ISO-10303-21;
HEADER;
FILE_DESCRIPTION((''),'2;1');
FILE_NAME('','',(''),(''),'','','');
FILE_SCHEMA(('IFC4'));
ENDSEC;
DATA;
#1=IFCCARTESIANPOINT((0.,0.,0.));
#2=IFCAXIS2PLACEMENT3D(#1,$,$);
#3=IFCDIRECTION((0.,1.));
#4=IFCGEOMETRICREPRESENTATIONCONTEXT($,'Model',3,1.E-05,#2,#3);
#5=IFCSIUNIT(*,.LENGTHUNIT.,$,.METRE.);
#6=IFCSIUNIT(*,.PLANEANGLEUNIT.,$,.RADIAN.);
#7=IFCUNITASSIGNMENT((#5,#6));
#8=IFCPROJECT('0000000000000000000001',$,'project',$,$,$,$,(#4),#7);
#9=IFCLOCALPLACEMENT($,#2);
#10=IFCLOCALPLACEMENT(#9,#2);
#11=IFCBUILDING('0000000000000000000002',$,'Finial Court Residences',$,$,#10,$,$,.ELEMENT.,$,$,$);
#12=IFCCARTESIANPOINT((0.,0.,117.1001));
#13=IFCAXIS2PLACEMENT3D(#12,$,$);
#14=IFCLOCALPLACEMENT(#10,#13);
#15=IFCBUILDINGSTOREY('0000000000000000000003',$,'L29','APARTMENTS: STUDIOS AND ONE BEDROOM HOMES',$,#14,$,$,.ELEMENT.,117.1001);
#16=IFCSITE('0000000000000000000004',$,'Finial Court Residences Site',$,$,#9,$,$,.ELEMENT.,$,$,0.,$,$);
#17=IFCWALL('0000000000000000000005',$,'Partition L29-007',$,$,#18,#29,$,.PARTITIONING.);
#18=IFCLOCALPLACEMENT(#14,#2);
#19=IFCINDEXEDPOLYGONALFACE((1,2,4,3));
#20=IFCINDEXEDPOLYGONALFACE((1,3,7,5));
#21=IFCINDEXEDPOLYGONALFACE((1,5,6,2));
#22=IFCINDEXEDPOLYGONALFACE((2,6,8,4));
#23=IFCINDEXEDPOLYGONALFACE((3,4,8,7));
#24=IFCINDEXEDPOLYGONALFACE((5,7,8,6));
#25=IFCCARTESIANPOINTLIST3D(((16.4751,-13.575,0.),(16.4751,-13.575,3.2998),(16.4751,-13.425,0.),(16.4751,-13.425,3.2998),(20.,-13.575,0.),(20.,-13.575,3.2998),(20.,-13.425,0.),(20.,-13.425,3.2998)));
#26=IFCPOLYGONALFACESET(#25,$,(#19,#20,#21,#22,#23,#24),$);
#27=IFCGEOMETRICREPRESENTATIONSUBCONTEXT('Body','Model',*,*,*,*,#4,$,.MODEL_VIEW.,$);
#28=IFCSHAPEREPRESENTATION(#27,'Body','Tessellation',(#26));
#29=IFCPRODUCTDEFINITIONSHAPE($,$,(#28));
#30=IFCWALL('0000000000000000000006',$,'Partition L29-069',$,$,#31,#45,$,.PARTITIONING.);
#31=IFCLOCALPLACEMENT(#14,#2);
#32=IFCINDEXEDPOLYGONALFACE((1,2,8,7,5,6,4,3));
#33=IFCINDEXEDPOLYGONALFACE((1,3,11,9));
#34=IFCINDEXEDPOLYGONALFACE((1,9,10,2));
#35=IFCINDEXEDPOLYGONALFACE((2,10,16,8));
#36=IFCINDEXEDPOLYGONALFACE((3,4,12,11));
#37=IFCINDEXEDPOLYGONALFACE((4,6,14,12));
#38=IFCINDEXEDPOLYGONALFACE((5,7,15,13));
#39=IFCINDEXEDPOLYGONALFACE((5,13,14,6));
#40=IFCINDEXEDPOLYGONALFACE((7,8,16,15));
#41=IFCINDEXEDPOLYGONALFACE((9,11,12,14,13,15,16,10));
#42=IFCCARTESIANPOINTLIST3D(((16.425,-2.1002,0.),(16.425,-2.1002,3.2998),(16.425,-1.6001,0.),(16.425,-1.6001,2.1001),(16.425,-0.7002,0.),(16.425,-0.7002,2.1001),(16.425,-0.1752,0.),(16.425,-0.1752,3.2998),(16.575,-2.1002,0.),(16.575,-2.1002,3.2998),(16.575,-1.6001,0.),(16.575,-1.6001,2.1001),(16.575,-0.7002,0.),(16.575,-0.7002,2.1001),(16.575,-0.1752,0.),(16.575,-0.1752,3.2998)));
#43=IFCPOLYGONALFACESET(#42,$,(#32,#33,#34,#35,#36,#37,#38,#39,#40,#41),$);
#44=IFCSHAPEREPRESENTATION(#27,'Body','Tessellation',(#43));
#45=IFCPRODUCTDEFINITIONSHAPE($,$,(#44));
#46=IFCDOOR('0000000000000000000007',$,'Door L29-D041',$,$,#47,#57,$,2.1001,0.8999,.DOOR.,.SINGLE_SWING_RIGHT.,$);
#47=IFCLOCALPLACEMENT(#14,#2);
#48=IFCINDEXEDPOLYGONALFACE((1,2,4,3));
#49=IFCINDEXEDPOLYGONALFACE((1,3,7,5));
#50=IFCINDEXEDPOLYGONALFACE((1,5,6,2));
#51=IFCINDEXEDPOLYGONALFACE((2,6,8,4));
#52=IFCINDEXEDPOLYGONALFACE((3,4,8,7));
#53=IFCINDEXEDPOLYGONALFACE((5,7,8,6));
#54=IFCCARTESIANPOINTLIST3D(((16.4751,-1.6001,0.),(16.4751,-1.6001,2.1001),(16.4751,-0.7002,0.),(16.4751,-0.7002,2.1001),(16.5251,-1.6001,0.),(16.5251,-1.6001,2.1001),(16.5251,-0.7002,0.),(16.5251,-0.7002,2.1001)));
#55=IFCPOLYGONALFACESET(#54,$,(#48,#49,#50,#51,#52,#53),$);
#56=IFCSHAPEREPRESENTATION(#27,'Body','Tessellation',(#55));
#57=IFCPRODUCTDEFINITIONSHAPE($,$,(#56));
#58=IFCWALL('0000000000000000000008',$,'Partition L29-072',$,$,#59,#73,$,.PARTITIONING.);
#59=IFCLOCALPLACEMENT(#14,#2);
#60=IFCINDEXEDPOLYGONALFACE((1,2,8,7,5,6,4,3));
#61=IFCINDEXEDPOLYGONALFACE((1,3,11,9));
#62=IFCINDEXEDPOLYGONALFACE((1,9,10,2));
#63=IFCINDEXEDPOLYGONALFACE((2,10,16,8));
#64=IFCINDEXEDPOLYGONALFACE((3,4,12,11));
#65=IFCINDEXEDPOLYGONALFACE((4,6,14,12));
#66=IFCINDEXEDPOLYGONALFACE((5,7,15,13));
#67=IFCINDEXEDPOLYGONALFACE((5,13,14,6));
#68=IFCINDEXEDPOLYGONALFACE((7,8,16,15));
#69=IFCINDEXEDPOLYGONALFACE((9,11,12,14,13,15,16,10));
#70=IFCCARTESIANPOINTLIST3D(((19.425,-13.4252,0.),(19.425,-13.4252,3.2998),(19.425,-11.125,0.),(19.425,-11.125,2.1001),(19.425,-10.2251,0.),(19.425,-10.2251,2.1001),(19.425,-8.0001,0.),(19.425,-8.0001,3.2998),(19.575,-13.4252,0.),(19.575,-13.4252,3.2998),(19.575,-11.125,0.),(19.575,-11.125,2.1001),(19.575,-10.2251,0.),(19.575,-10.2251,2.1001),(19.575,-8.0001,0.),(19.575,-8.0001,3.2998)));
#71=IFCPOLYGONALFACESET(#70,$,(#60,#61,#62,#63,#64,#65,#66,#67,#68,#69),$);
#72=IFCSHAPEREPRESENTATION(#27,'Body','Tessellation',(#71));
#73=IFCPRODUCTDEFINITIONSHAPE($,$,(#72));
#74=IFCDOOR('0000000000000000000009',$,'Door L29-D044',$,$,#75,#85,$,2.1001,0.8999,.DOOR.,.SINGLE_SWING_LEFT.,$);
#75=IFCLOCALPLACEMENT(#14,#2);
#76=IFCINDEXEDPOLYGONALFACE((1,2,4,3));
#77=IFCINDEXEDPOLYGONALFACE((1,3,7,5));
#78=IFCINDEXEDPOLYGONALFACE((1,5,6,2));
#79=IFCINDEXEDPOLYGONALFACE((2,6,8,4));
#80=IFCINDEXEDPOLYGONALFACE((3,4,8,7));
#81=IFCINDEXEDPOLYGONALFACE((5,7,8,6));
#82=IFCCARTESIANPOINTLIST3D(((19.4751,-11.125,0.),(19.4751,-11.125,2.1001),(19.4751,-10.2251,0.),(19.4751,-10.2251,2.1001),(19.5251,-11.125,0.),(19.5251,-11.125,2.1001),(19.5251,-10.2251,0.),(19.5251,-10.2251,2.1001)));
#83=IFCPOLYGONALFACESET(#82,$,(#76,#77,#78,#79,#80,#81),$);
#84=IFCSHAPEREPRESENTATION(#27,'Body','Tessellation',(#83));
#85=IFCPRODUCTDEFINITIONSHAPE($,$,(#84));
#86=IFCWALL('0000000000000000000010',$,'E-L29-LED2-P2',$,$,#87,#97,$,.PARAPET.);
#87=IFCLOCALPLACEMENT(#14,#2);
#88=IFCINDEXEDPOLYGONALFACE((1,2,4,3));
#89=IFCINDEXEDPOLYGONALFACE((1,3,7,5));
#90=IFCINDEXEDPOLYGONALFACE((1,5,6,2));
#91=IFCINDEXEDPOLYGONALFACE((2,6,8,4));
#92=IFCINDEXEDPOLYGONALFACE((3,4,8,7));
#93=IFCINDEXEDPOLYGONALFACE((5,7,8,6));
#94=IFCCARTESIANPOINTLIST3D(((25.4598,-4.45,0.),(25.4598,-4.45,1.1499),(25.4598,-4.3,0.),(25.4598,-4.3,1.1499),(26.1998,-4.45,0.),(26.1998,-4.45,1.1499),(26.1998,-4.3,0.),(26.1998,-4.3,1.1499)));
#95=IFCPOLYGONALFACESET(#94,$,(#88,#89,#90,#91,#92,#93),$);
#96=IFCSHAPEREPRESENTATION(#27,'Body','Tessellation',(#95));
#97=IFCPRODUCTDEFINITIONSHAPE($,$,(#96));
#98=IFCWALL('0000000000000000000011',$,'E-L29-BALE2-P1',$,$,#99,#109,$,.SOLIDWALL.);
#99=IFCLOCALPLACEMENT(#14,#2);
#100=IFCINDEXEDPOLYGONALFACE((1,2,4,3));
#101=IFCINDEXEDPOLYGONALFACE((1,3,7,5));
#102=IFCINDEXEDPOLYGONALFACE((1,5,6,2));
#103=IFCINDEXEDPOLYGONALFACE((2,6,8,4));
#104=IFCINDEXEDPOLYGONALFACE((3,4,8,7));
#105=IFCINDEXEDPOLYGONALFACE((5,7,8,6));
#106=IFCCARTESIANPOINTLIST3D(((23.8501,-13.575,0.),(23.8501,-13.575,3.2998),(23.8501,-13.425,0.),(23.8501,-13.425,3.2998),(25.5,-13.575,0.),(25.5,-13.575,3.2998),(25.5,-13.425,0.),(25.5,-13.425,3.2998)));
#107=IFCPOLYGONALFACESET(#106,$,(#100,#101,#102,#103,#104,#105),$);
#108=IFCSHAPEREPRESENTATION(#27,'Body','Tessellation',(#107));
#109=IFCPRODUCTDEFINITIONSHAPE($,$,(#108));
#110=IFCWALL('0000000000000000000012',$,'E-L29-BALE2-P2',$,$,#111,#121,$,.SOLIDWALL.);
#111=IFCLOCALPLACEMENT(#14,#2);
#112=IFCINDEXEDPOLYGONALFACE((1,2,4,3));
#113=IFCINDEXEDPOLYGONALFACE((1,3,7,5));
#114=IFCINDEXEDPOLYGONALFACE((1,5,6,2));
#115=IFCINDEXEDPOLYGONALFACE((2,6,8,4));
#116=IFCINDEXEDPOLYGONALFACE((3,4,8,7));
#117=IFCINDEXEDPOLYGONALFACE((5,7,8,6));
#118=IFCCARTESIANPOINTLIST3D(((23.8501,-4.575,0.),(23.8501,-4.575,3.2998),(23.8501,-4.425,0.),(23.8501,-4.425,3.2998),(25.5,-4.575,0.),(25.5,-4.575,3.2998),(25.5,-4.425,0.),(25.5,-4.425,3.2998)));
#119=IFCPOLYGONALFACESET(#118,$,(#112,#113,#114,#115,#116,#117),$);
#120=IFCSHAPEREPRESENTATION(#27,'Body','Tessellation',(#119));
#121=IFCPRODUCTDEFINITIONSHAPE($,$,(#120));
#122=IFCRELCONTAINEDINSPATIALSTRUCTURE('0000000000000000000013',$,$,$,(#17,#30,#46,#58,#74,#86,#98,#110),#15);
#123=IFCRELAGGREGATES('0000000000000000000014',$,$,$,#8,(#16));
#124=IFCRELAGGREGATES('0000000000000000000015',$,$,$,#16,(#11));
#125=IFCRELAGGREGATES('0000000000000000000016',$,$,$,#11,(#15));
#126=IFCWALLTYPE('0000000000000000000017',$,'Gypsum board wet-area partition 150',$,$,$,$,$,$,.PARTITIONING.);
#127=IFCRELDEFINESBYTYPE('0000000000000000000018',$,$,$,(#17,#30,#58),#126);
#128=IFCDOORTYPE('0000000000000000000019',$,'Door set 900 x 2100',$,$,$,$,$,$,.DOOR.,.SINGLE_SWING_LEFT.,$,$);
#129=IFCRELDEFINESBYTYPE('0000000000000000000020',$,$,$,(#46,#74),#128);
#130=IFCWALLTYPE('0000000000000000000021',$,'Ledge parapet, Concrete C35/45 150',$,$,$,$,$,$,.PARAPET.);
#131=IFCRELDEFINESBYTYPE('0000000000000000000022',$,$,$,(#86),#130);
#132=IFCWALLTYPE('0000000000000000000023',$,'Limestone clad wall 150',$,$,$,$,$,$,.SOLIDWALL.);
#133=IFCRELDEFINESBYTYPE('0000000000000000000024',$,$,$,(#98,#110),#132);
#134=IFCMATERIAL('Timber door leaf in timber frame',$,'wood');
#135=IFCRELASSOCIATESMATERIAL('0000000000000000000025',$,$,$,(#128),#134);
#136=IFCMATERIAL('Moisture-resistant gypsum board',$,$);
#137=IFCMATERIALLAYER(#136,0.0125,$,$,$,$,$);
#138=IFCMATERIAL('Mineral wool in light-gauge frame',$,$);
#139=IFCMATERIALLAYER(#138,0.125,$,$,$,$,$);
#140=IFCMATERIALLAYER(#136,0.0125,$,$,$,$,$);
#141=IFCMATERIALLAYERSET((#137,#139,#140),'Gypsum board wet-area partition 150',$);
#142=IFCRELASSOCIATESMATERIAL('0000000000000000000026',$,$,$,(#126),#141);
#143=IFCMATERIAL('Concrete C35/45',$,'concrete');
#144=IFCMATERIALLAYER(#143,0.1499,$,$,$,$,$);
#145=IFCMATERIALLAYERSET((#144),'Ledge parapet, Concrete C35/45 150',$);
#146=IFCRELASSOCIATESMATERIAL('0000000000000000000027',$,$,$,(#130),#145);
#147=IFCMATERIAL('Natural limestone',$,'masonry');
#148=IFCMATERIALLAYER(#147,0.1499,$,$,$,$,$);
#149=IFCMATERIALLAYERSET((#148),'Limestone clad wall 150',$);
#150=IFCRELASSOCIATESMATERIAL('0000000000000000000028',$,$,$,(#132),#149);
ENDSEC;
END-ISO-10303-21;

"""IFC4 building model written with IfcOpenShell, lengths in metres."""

from ifc_helpers import new_model, si_unit, direction, frame, frame_2d, origin, place, context, subcontext, project, spatial, rectangle, extrude, material, layer, layer_set, type_object, element, fill, save


model = new_model("IFC4")

# Units and contexts
model_context = context("Model", 3, precision=1e-05, world=origin(), true_north=direction((0.0, 1.0)))
body_context = subcontext(model_context, "Body", "Model", "MODEL_VIEW")
ifc_project = project(units=[si_unit("LENGTHUNIT", "METRE"), si_unit("PLANEANGLEUNIT", "RADIAN")], contexts=[model_context])

# Site, building, storey
site_placement = place(None, origin())
site = spatial("IfcSite", under=ifc_project, at=site_placement, Name="Finial Court Residences Site", CompositionType="ELEMENT", RefElevation=0.0)
building_placement = place(site_placement, origin())
building = spatial("IfcBuilding", under=site, at=building_placement, Name="Finial Court Residences", CompositionType="ELEMENT")
storey_placement = place(building_placement, frame((0.0, 0.0, 117.1001)))
storey = spatial("IfcBuildingStorey", under=building, at=storey_placement, Name="L29", Description="APARTMENTS: STUDIOS AND ONE BEDROOM HOMES", CompositionType="ELEMENT", Elevation=117.1001)

# Shared definitions
ifc_material_1 = material(Name="Mineral wool in light-gauge frame")
ifc_material_2 = material(Name="Timber door leaf in timber frame", Category="wood")
door_type_1 = type_object("IfcDoorType", Name="Door set 900 x 2100", OperationType="SINGLE_SWING_LEFT", PredefinedType="DOOR", material=ifc_material_2)

# Wall
ifc_material_3 = material(Name="Moisture-resistant gypsum board")
ifc_layer_1 = layer(ifc_material_3, 0.0125)
ifc_layer_2 = layer(ifc_material_1, 0.125)
ifc_layer_3 = layer(ifc_material_3, 0.0125)
ifc_layer_set_1 = layer_set([ifc_layer_1, ifc_layer_2, ifc_layer_3], Name="Gypsum board wet-area partition 150")
wall_type_1 = type_object("IfcWallType", Name="Gypsum board wet-area partition 150", PredefinedType="PARTITIONING", material=ifc_layer_set_1)
wall_1_placement = place(storey_placement, frame((16.4751, -13.5, 0.0), z_axis=(0.0, 0.0, 1.0), x_axis=(1.0, 0.0, 0.0)))
element("IfcWall", 1, at=wall_1_placement, inside=storey, type_object=wall_type_1, Name="Partition L29-007", PredefinedType="PARTITIONING", context=body_context, shape_type="SweptSolid", body=[
    extrude(rectangle(XDim=3.5249, YDim=0.1499, at=frame_2d((1.7625, 0.0))), origin(), (0.0, 0.0, 1.0), 3.2998),
])

# Walls, openings, doors
wall_2_placement = place(storey_placement, frame((16.5, -2.1001, 0.0), z_axis=(0.0, 0.0, 1.0), x_axis=(0.0, 1.0, 0.0)))
wall_2 = element("IfcWall", 2, at=wall_2_placement, inside=storey, type_object=wall_type_1, Name="Partition L29-069", PredefinedType="PARTITIONING", context=body_context, shape_type="SweptSolid", body=[
    extrude(rectangle(XDim=1.925, YDim=0.1499, at=frame_2d((0.9624, 0.0))), origin(), (0.0, 0.0, 1.0), 3.2998),
])
opening_1_placement = place(wall_2_placement, frame((0.5, 0.0, 0.0)))
opening_1 = element("IfcOpeningElement", 3, at=opening_1_placement, cuts=wall_2, PredefinedType="OPENING", context=body_context, shape_type="SweptSolid", body=[
    extrude(rectangle(XDim=0.8999, YDim=2.1001, at=frame_2d((0.45, 1.05))), frame((0.0, 0.085, 0.0), z_axis=(0.0, -1.0, 0.0), x_axis=(1.0, 0.0, 0.0)), (0.0, 0.0, 1.0), 0.1699),
])
door_1_placement = place(opening_1_placement, origin())
door_1 = element("IfcDoor", 4, at=door_1_placement, inside=storey, type_object=door_type_1, Name="Door L29-D041", OperationType="SINGLE_SWING_RIGHT", OverallHeight=2.1001, OverallWidth=0.8999, PredefinedType="DOOR", context=body_context, shape_type="SweptSolid", body=[
    extrude(rectangle(XDim=0.8999, YDim=2.1001, at=frame_2d((0.45, 1.05))), frame((0.0, 0.0249, 0.0), z_axis=(0.0, -1.0, 0.0), x_axis=(1.0, 0.0, 0.0)), (0.0, 0.0, 1.0), 0.05),
])
fill(opening_1, door_1)
wall_3_placement = place(storey_placement, frame((19.5, -13.425, 0.0), z_axis=(0.0, 0.0, 1.0), x_axis=(0.0, 1.0, 0.0)))
wall_3 = element("IfcWall", 5, at=wall_3_placement, inside=storey, type_object=wall_type_1, Name="Partition L29-072", PredefinedType="PARTITIONING", context=body_context, shape_type="SweptSolid", body=[
    extrude(rectangle(XDim=5.425, YDim=0.1499, at=frame_2d((2.7124, 0.0))), origin(), (0.0, 0.0, 1.0), 3.2998),
])
opening_2_placement = place(wall_3_placement, frame((2.3, 0.0, 0.0)))
opening_2 = element("IfcOpeningElement", 6, at=opening_2_placement, cuts=wall_3, PredefinedType="OPENING", context=body_context, shape_type="SweptSolid", body=[
    extrude(rectangle(XDim=0.8999, YDim=2.1001, at=frame_2d((0.45, 1.05))), frame((0.0, 0.085, 0.0), z_axis=(0.0, -1.0, 0.0), x_axis=(1.0, 0.0, 0.0)), (0.0, 0.0, 1.0), 0.1699),
])
door_2_placement = place(opening_2_placement, origin())
door_2 = element("IfcDoor", 7, at=door_2_placement, inside=storey, type_object=door_type_1, Name="Door L29-D044", OperationType="SINGLE_SWING_LEFT", OverallHeight=2.1001, OverallWidth=0.8999, PredefinedType="DOOR", context=body_context, shape_type="SweptSolid", body=[
    extrude(rectangle(XDim=0.8999, YDim=2.1001, at=frame_2d((0.45, 1.05))), frame((0.0, 0.0249, 0.0), z_axis=(0.0, -1.0, 0.0), x_axis=(1.0, 0.0, 0.0)), (0.0, 0.0, 1.0), 0.05),
])
fill(opening_2, door_2)

# Walls
ifc_material_4 = material(Name="Concrete C35/45", Category="concrete")
ifc_layer_4 = layer(ifc_material_4, 0.1499)
ifc_layer_set_2 = layer_set([ifc_layer_4], Name="Ledge parapet, Concrete C35/45 150")
wall_type_2 = type_object("IfcWallType", Name="Ledge parapet, Concrete C35/45 150", PredefinedType="PARAPET", material=ifc_layer_set_2)
wall_4_placement = place(storey_placement, frame((26.2, -4.375, 0.0), z_axis=(0.0, 0.0, 1.0), x_axis=(-1.0, 0.0, 0.0)))
element("IfcWall", 8, at=wall_4_placement, inside=storey, type_object=wall_type_2, Name="E-L29-LED2-P2", PredefinedType="PARAPET", context=body_context, shape_type="SweptSolid", body=[
    extrude(rectangle(XDim=0.74, YDim=0.1499, at=frame_2d((0.3701, 0.0))), origin(), (0.0, 0.0, 1.0), 1.1499),
])
ifc_material_5 = material(Name="Natural limestone", Category="masonry")
ifc_layer_5 = layer(ifc_material_5, 0.1499)
ifc_layer_set_3 = layer_set([ifc_layer_5], Name="Limestone clad wall 150")
wall_type_3 = type_object("IfcWallType", Name="Limestone clad wall 150", PredefinedType="SOLIDWALL", material=ifc_layer_set_3)
for number, where, z_axis, x_axis, name in (
    (9, (23.8501, -13.5, 0.0), (0.0, 0.0, 1.0), (1.0, 0.0, 0.0), "E-L29-BALE2-P1"),
    (10, (23.8501, -4.5, 0.0), (0.0, 0.0, 1.0), (1.0, 0.0, 0.0), "E-L29-BALE2-P2"),
):
    element("IfcWall", number, at=place(storey_placement, frame(where, z_axis=z_axis, x_axis=x_axis)), inside=storey, type_object=wall_type_3, Name=name, PredefinedType="SOLIDWALL", context=body_context, shape_type="SweptSolid", body=[
        extrude(rectangle(XDim=1.6499, YDim=0.1499, at=frame_2d((0.825, 0.0))), origin(), (0.0, 0.0, 1.0), 3.2998),
    ])

save(model, "model.ifc")
